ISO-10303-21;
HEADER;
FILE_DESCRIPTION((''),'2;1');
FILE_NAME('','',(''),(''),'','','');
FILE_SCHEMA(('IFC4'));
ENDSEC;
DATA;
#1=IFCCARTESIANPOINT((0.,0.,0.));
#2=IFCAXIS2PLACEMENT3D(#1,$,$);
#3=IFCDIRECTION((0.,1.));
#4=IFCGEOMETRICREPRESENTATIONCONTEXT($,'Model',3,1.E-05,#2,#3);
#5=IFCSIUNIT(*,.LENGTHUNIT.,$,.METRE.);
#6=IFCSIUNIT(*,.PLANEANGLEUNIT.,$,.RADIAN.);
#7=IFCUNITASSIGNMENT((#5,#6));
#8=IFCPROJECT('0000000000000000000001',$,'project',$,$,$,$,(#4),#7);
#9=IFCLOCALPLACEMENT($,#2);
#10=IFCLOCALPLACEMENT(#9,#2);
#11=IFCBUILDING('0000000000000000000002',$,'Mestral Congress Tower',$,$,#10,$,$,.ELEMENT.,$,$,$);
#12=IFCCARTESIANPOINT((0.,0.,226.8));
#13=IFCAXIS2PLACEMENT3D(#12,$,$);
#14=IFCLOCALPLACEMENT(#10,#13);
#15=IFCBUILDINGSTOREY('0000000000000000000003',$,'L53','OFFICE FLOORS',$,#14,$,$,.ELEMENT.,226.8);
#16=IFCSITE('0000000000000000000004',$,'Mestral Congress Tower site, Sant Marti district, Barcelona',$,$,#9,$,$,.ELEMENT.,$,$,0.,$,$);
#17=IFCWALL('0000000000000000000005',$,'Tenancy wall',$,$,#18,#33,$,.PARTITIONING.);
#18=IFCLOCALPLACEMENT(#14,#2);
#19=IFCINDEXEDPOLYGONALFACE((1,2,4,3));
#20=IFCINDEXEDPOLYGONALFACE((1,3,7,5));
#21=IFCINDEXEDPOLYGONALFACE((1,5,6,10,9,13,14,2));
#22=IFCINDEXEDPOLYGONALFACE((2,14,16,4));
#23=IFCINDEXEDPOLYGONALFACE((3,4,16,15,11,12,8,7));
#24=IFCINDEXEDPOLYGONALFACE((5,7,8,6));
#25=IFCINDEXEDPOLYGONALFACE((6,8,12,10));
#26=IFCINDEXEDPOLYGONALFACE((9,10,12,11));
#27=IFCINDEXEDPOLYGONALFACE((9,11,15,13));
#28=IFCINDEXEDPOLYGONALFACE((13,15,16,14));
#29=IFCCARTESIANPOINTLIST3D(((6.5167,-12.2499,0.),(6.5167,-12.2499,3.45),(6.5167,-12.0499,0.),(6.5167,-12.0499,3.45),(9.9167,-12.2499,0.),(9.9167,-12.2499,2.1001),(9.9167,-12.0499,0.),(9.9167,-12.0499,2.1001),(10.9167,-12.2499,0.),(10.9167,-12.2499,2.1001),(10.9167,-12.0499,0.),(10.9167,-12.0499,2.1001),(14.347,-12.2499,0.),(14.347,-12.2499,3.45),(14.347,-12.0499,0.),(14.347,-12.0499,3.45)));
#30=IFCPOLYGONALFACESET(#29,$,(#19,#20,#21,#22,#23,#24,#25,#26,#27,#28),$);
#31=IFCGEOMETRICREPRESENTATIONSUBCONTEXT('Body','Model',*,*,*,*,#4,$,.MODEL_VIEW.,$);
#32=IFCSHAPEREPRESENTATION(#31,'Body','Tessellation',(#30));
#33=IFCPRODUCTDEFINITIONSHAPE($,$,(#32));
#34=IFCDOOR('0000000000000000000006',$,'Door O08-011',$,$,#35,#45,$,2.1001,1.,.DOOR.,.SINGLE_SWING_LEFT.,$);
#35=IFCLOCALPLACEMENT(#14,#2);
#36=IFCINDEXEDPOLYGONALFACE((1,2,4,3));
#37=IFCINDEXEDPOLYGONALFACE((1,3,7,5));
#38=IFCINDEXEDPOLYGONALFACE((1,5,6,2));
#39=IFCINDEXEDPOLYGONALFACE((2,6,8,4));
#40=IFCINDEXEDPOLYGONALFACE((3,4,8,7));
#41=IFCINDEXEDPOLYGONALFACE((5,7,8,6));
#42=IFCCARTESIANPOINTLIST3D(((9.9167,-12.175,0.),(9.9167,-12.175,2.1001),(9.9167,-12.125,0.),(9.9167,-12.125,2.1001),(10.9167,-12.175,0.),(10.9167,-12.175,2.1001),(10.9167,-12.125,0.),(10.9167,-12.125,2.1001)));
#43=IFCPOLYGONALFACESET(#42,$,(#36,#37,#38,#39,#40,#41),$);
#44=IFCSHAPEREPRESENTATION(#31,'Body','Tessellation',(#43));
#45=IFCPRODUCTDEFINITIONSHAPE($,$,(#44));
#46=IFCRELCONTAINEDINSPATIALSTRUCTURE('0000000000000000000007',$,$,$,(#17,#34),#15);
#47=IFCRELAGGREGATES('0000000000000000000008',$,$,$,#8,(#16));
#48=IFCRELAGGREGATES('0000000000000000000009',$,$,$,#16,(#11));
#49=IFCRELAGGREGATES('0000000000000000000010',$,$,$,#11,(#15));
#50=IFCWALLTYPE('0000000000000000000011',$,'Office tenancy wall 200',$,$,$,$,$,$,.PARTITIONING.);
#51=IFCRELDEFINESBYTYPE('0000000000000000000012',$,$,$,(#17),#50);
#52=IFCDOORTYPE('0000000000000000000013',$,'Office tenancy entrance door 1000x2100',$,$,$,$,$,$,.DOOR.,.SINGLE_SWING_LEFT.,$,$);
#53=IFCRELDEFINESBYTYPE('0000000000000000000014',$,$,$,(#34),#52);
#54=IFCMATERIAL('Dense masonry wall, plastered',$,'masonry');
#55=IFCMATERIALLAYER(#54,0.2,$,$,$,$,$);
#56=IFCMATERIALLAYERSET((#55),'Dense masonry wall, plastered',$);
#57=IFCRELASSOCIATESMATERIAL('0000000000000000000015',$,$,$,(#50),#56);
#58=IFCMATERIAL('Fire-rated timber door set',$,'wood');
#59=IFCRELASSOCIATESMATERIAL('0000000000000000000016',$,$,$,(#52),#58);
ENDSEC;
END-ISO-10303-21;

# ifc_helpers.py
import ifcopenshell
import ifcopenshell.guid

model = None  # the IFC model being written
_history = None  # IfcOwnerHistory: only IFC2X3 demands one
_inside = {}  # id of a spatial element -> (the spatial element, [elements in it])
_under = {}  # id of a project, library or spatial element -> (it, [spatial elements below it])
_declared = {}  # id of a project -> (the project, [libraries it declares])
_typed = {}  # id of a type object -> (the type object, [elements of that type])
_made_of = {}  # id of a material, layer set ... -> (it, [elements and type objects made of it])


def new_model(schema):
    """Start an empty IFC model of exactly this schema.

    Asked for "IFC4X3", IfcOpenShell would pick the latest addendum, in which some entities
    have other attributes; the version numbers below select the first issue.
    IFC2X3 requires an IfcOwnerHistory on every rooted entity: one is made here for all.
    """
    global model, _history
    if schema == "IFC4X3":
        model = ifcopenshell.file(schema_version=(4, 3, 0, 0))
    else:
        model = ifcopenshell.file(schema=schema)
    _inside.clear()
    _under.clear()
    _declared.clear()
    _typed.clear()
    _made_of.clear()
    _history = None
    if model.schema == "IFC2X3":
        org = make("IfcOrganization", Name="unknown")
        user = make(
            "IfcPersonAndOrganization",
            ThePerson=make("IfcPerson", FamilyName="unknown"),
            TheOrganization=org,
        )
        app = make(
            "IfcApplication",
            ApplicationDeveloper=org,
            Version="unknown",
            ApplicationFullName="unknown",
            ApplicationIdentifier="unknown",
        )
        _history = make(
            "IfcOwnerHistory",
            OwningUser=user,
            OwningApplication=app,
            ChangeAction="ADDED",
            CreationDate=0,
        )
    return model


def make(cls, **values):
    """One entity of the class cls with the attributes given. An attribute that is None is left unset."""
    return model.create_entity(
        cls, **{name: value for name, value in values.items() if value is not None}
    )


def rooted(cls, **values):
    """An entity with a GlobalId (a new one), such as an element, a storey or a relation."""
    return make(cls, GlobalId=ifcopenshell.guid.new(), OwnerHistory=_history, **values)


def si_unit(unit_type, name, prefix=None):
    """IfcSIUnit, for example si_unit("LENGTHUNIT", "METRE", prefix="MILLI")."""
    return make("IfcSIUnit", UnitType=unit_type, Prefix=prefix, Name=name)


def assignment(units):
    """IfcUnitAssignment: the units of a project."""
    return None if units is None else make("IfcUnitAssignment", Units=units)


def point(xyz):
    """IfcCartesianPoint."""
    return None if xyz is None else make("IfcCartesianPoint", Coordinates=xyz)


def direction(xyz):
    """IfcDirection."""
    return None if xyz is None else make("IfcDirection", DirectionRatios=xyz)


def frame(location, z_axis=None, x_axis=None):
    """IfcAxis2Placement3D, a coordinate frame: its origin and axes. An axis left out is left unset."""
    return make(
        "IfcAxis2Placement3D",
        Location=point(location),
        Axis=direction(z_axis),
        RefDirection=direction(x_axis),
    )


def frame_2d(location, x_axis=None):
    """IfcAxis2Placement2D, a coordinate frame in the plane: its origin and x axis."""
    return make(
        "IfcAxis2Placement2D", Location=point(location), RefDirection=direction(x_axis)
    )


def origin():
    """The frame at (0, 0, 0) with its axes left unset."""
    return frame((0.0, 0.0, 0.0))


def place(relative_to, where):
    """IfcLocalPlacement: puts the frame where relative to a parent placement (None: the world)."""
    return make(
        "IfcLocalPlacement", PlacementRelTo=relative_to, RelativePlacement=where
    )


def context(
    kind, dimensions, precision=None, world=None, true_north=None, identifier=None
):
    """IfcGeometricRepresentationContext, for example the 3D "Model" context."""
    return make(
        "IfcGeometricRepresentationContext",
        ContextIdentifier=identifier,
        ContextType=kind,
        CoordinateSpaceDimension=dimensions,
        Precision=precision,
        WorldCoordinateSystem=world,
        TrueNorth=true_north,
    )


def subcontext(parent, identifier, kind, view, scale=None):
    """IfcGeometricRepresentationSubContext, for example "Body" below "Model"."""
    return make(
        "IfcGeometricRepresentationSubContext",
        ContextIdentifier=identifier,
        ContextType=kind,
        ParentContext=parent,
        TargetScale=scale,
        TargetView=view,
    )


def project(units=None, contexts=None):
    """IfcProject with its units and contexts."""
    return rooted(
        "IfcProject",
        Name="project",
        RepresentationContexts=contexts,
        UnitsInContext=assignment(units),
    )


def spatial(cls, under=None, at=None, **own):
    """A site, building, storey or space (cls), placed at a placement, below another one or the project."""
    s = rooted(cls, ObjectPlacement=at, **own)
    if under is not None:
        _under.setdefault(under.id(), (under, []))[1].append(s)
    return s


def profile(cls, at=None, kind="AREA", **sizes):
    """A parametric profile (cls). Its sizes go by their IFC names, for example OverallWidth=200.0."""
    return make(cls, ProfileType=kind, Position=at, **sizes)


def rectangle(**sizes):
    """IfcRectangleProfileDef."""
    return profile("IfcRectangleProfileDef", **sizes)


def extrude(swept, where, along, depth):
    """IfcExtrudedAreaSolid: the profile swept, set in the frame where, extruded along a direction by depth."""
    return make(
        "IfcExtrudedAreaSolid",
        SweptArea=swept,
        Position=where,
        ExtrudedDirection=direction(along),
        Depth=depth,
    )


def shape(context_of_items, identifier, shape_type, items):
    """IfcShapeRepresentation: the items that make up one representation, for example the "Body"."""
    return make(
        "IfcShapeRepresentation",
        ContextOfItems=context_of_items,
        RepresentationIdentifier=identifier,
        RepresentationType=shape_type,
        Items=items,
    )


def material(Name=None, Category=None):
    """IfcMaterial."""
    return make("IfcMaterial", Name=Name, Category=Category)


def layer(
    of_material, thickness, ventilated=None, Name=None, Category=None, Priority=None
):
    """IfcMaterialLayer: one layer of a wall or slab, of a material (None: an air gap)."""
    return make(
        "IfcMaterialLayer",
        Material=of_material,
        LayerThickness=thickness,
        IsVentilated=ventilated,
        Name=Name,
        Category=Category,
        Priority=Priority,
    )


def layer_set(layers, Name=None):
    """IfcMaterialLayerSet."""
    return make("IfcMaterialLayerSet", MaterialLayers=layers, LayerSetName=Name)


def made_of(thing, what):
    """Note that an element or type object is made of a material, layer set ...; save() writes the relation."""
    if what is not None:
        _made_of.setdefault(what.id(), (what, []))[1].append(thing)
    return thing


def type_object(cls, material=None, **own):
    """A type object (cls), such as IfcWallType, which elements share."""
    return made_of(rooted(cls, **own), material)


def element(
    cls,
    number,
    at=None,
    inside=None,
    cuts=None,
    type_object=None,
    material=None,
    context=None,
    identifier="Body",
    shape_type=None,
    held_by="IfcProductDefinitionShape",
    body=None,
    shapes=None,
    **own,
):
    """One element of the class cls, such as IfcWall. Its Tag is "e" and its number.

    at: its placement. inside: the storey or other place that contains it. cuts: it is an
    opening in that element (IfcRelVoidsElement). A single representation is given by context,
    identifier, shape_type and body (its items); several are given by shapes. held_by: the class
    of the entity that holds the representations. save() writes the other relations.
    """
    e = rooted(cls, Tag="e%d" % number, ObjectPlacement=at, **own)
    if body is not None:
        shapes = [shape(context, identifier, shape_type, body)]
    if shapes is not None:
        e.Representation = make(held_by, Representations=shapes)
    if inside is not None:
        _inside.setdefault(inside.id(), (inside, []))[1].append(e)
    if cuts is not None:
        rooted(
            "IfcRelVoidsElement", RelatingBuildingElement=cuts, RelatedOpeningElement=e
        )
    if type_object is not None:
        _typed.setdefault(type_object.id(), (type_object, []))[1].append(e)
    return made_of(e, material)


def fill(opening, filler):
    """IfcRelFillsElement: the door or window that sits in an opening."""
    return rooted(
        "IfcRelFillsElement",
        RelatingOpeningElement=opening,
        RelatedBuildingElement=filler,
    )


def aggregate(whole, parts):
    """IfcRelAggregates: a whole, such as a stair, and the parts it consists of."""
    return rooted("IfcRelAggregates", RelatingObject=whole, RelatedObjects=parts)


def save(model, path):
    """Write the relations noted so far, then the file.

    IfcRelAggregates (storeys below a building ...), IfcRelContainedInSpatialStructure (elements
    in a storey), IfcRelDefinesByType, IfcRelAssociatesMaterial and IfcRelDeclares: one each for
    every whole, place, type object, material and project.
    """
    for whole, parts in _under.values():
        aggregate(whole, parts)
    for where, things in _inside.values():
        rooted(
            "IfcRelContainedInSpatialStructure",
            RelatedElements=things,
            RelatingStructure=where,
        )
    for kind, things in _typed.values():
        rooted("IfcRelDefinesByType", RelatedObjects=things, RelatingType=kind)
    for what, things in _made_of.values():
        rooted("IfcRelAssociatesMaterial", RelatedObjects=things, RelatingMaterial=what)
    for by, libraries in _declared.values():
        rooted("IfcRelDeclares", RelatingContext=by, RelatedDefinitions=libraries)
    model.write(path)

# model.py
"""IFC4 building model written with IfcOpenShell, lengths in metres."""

from ifc_helpers import new_model, si_unit, direction, frame, frame_2d, origin, place, context, subcontext, project, spatial, rectangle, extrude, material, layer, layer_set, type_object, element, fill, save


model = new_model("IFC4")

# Units and contexts
model_context = context("Model", 3, precision=1e-05, world=origin(), true_north=direction((0.0, 1.0)))
body_context = subcontext(model_context, "Body", "Model", "MODEL_VIEW")
ifc_project = project(units=[si_unit("LENGTHUNIT", "METRE"), si_unit("PLANEANGLEUNIT", "RADIAN")], contexts=[model_context])

# Site, building, storey
site_placement = place(None, origin())
site = spatial("IfcSite", under=ifc_project, at=site_placement, Name="Mestral Congress Tower site, Sant Marti district, Barcelona", CompositionType="ELEMENT", RefElevation=0.0)
building_placement = place(site_placement, origin())
building = spatial("IfcBuilding", under=site, at=building_placement, Name="Mestral Congress Tower", CompositionType="ELEMENT")
storey_placement = place(building_placement, frame((0.0, 0.0, 226.8)))
storey = spatial("IfcBuildingStorey", under=building, at=storey_placement, Name="L53", Description="OFFICE FLOORS", CompositionType="ELEMENT", Elevation=226.8)

# Shared definitions
ifc_material_1 = material(Name="Dense masonry wall, plastered", Category="masonry")
ifc_layer_1 = layer(ifc_material_1, 0.2)
ifc_layer_set_1 = layer_set([ifc_layer_1], Name="Dense masonry wall, plastered")
wall_type_1 = type_object("IfcWallType", Name="Office tenancy wall 200", PredefinedType="PARTITIONING", material=ifc_layer_set_1)

# Wall, opening, door
wall_1_placement = place(storey_placement, frame((6.5168, -12.1499, 0.0), z_axis=(0.0, 0.0, 1.0), x_axis=(1.0, 0.0, 0.0)))
wall_1 = element("IfcWall", 1, at=wall_1_placement, inside=storey, type_object=wall_type_1, Name="Tenancy wall", PredefinedType="PARTITIONING", context=body_context, shape_type="SweptSolid", body=[
    extrude(rectangle(XDim=7.8303, YDim=0.2, at=frame_2d((3.915, 0.0))), origin(), (0.0, 0.0, 1.0), 3.45),
])
opening_1_placement = place(wall_1_placement, frame((3.3999, 0.0, 0.0)))
opening_1 = element("IfcOpeningElement", 2, at=opening_1_placement, cuts=wall_1, PredefinedType="OPENING", context=body_context, shape_type="SweptSolid", body=[
    extrude(rectangle(XDim=1.0, YDim=2.1001, at=frame_2d((0.5, 1.05))), frame((0.0, 0.1099, 0.0), z_axis=(0.0, -1.0, 0.0), x_axis=(1.0, 0.0, 0.0)), (0.0, 0.0, 1.0), 0.22),
])
ifc_material_2 = material(Name="Fire-rated timber door set", Category="wood")
door_type_1 = type_object("IfcDoorType", Name="Office tenancy entrance door 1000x2100", OperationType="SINGLE_SWING_LEFT", PredefinedType="DOOR", material=ifc_material_2)
door_1_placement = place(opening_1_placement, origin())
door_1 = element("IfcDoor", 3, at=door_1_placement, inside=storey, type_object=door_type_1, Name="Door O08-011", OperationType="SINGLE_SWING_LEFT", OverallHeight=2.1001, OverallWidth=1.0, PredefinedType="DOOR", context=body_context, shape_type="SweptSolid", body=[
    extrude(rectangle(XDim=1.0, YDim=2.1001, at=frame_2d((0.5, 1.05))), frame((0.0, 0.0249, 0.0), z_axis=(0.0, -1.0, 0.0), x_axis=(1.0, 0.0, 0.0)), (0.0, 0.0, 1.0), 0.05),
])
fill(opening_1, door_1)

save(model, "model.ifc")
